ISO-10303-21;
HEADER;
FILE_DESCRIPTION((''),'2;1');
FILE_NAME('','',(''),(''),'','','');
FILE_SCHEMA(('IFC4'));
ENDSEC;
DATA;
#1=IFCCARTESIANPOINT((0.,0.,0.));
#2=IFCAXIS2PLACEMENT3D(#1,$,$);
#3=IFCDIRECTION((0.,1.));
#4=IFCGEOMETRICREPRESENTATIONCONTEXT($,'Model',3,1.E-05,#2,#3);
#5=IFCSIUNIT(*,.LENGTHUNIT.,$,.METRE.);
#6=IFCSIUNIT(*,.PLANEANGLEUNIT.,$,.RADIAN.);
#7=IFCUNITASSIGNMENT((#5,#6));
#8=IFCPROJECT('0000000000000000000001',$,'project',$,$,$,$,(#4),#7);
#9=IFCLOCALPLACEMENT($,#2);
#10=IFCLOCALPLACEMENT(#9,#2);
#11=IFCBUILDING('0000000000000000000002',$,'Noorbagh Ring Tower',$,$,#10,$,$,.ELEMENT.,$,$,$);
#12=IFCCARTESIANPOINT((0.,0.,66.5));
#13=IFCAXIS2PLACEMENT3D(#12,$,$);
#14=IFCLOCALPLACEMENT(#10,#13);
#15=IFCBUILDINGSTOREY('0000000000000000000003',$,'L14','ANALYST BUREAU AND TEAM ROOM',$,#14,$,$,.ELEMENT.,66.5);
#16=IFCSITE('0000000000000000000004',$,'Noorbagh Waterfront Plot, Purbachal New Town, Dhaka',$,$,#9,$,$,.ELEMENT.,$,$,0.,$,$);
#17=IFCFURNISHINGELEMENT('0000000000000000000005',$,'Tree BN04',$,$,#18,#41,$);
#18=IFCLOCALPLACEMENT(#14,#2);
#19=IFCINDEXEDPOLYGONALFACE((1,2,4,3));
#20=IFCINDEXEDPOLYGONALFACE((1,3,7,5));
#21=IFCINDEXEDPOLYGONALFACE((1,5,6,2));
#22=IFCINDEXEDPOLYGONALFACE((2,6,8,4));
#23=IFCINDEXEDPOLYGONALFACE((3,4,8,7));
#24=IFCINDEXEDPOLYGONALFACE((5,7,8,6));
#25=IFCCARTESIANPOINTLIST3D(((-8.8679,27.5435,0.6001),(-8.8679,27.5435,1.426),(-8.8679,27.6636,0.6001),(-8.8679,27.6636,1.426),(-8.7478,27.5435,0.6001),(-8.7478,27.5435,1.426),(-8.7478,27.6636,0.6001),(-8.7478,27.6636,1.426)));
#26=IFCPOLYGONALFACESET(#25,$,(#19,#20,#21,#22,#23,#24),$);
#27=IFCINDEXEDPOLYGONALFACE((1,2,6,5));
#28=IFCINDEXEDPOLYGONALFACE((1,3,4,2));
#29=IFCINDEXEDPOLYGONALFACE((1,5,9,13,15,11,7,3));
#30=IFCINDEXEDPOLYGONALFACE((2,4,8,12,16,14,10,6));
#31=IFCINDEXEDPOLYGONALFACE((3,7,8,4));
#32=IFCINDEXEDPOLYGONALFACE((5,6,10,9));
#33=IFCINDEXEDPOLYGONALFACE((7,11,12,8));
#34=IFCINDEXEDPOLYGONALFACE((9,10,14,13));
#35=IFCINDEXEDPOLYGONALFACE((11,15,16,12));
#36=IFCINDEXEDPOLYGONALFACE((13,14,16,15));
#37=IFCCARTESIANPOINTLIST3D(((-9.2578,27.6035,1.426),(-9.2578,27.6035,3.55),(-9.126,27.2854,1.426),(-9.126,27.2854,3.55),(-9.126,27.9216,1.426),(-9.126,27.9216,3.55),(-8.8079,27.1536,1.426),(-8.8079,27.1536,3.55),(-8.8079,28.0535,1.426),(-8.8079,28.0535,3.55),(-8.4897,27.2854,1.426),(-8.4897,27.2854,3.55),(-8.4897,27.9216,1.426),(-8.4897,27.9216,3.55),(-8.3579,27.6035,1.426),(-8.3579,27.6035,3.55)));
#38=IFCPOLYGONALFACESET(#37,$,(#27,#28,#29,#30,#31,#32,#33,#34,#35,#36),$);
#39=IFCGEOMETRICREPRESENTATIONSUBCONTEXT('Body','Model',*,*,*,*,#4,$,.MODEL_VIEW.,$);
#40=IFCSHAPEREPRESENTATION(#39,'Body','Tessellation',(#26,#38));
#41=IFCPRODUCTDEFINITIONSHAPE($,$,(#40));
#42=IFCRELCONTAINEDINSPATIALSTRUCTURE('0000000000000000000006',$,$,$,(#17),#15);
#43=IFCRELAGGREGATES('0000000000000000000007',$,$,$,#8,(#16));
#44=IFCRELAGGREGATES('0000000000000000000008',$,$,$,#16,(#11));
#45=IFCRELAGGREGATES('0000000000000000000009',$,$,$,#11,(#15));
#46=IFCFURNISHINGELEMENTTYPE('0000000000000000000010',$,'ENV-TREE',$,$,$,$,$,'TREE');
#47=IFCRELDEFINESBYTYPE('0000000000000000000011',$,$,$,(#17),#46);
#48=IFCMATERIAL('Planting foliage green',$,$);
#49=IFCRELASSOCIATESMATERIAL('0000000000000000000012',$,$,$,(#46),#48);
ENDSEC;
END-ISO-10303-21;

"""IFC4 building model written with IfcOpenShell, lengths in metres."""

from ifc_helpers import new_model, si_unit, direction, frame, origin, origin_2d, place, context, subcontext, project, spatial, polyline, rectangle, outline, extrude, material, type_object, element, save


model = new_model("IFC4")

# Units and contexts
model_context = context("Model", 3, precision=1e-05, world=origin(), true_north=direction((0.0, 1.0)))
body_context = subcontext(model_context, "Body", "Model", "MODEL_VIEW")
ifc_project = project(units=[si_unit("LENGTHUNIT", "METRE"), si_unit("PLANEANGLEUNIT", "RADIAN")], contexts=[model_context])

# Site, building, storey
site_placement = place(None, origin())
site = spatial("IfcSite", under=ifc_project, at=site_placement, Name="Noorbagh Waterfront Plot, Purbachal New Town, Dhaka", CompositionType="ELEMENT", RefElevation=0.0)
building_placement = place(site_placement, origin())
building = spatial("IfcBuilding", under=site, at=building_placement, Name="Noorbagh Ring Tower", CompositionType="ELEMENT")
storey_placement = place(building_placement, frame((0.0, 0.0, 66.5)))
storey = spatial("IfcBuildingStorey", under=building, at=storey_placement, Name="L14", Description="ANALYST BUREAU AND TEAM ROOM", CompositionType="ELEMENT", Elevation=66.5)

# Furnishing element
ifc_material_1 = material(Name="Planting foliage green")
furnishing_element_type = type_object("IfcFurnishingElementType", Name="ENV-TREE", ElementType="TREE", material=ifc_material_1)
furnishing_placement = place(storey_placement, frame((-8.8079, 27.6035, 0.6001), z_axis=(0.0, 0.0, 1.0), x_axis=(1.0, 0.0, 0.0)))
element("IfcFurnishingElement", 1, at=furnishing_placement, inside=storey, type_object=furnishing_element_type, Name="Tree BN04", context=body_context, shape_type="SweptSolid", body=[
    extrude(rectangle(XDim=0.1201, YDim=0.1201, at=origin_2d()), origin(), (0.0, 0.0, 1.0), 0.8259),
    extrude(outline(polyline([(0.45, 0.0), (0.3181, 0.3181), (0.0, 0.45), (-0.3181, 0.3181), (-0.45, 0.0), (-0.3181, -0.3181), (0.0, -0.45), (0.3181, -0.3181), (0.45, 0.0)])), frame((0.0, 0.0, 0.8259)), (0.0, 0.0, 1.0), 2.124),
])

save(model, "model.ifc")
